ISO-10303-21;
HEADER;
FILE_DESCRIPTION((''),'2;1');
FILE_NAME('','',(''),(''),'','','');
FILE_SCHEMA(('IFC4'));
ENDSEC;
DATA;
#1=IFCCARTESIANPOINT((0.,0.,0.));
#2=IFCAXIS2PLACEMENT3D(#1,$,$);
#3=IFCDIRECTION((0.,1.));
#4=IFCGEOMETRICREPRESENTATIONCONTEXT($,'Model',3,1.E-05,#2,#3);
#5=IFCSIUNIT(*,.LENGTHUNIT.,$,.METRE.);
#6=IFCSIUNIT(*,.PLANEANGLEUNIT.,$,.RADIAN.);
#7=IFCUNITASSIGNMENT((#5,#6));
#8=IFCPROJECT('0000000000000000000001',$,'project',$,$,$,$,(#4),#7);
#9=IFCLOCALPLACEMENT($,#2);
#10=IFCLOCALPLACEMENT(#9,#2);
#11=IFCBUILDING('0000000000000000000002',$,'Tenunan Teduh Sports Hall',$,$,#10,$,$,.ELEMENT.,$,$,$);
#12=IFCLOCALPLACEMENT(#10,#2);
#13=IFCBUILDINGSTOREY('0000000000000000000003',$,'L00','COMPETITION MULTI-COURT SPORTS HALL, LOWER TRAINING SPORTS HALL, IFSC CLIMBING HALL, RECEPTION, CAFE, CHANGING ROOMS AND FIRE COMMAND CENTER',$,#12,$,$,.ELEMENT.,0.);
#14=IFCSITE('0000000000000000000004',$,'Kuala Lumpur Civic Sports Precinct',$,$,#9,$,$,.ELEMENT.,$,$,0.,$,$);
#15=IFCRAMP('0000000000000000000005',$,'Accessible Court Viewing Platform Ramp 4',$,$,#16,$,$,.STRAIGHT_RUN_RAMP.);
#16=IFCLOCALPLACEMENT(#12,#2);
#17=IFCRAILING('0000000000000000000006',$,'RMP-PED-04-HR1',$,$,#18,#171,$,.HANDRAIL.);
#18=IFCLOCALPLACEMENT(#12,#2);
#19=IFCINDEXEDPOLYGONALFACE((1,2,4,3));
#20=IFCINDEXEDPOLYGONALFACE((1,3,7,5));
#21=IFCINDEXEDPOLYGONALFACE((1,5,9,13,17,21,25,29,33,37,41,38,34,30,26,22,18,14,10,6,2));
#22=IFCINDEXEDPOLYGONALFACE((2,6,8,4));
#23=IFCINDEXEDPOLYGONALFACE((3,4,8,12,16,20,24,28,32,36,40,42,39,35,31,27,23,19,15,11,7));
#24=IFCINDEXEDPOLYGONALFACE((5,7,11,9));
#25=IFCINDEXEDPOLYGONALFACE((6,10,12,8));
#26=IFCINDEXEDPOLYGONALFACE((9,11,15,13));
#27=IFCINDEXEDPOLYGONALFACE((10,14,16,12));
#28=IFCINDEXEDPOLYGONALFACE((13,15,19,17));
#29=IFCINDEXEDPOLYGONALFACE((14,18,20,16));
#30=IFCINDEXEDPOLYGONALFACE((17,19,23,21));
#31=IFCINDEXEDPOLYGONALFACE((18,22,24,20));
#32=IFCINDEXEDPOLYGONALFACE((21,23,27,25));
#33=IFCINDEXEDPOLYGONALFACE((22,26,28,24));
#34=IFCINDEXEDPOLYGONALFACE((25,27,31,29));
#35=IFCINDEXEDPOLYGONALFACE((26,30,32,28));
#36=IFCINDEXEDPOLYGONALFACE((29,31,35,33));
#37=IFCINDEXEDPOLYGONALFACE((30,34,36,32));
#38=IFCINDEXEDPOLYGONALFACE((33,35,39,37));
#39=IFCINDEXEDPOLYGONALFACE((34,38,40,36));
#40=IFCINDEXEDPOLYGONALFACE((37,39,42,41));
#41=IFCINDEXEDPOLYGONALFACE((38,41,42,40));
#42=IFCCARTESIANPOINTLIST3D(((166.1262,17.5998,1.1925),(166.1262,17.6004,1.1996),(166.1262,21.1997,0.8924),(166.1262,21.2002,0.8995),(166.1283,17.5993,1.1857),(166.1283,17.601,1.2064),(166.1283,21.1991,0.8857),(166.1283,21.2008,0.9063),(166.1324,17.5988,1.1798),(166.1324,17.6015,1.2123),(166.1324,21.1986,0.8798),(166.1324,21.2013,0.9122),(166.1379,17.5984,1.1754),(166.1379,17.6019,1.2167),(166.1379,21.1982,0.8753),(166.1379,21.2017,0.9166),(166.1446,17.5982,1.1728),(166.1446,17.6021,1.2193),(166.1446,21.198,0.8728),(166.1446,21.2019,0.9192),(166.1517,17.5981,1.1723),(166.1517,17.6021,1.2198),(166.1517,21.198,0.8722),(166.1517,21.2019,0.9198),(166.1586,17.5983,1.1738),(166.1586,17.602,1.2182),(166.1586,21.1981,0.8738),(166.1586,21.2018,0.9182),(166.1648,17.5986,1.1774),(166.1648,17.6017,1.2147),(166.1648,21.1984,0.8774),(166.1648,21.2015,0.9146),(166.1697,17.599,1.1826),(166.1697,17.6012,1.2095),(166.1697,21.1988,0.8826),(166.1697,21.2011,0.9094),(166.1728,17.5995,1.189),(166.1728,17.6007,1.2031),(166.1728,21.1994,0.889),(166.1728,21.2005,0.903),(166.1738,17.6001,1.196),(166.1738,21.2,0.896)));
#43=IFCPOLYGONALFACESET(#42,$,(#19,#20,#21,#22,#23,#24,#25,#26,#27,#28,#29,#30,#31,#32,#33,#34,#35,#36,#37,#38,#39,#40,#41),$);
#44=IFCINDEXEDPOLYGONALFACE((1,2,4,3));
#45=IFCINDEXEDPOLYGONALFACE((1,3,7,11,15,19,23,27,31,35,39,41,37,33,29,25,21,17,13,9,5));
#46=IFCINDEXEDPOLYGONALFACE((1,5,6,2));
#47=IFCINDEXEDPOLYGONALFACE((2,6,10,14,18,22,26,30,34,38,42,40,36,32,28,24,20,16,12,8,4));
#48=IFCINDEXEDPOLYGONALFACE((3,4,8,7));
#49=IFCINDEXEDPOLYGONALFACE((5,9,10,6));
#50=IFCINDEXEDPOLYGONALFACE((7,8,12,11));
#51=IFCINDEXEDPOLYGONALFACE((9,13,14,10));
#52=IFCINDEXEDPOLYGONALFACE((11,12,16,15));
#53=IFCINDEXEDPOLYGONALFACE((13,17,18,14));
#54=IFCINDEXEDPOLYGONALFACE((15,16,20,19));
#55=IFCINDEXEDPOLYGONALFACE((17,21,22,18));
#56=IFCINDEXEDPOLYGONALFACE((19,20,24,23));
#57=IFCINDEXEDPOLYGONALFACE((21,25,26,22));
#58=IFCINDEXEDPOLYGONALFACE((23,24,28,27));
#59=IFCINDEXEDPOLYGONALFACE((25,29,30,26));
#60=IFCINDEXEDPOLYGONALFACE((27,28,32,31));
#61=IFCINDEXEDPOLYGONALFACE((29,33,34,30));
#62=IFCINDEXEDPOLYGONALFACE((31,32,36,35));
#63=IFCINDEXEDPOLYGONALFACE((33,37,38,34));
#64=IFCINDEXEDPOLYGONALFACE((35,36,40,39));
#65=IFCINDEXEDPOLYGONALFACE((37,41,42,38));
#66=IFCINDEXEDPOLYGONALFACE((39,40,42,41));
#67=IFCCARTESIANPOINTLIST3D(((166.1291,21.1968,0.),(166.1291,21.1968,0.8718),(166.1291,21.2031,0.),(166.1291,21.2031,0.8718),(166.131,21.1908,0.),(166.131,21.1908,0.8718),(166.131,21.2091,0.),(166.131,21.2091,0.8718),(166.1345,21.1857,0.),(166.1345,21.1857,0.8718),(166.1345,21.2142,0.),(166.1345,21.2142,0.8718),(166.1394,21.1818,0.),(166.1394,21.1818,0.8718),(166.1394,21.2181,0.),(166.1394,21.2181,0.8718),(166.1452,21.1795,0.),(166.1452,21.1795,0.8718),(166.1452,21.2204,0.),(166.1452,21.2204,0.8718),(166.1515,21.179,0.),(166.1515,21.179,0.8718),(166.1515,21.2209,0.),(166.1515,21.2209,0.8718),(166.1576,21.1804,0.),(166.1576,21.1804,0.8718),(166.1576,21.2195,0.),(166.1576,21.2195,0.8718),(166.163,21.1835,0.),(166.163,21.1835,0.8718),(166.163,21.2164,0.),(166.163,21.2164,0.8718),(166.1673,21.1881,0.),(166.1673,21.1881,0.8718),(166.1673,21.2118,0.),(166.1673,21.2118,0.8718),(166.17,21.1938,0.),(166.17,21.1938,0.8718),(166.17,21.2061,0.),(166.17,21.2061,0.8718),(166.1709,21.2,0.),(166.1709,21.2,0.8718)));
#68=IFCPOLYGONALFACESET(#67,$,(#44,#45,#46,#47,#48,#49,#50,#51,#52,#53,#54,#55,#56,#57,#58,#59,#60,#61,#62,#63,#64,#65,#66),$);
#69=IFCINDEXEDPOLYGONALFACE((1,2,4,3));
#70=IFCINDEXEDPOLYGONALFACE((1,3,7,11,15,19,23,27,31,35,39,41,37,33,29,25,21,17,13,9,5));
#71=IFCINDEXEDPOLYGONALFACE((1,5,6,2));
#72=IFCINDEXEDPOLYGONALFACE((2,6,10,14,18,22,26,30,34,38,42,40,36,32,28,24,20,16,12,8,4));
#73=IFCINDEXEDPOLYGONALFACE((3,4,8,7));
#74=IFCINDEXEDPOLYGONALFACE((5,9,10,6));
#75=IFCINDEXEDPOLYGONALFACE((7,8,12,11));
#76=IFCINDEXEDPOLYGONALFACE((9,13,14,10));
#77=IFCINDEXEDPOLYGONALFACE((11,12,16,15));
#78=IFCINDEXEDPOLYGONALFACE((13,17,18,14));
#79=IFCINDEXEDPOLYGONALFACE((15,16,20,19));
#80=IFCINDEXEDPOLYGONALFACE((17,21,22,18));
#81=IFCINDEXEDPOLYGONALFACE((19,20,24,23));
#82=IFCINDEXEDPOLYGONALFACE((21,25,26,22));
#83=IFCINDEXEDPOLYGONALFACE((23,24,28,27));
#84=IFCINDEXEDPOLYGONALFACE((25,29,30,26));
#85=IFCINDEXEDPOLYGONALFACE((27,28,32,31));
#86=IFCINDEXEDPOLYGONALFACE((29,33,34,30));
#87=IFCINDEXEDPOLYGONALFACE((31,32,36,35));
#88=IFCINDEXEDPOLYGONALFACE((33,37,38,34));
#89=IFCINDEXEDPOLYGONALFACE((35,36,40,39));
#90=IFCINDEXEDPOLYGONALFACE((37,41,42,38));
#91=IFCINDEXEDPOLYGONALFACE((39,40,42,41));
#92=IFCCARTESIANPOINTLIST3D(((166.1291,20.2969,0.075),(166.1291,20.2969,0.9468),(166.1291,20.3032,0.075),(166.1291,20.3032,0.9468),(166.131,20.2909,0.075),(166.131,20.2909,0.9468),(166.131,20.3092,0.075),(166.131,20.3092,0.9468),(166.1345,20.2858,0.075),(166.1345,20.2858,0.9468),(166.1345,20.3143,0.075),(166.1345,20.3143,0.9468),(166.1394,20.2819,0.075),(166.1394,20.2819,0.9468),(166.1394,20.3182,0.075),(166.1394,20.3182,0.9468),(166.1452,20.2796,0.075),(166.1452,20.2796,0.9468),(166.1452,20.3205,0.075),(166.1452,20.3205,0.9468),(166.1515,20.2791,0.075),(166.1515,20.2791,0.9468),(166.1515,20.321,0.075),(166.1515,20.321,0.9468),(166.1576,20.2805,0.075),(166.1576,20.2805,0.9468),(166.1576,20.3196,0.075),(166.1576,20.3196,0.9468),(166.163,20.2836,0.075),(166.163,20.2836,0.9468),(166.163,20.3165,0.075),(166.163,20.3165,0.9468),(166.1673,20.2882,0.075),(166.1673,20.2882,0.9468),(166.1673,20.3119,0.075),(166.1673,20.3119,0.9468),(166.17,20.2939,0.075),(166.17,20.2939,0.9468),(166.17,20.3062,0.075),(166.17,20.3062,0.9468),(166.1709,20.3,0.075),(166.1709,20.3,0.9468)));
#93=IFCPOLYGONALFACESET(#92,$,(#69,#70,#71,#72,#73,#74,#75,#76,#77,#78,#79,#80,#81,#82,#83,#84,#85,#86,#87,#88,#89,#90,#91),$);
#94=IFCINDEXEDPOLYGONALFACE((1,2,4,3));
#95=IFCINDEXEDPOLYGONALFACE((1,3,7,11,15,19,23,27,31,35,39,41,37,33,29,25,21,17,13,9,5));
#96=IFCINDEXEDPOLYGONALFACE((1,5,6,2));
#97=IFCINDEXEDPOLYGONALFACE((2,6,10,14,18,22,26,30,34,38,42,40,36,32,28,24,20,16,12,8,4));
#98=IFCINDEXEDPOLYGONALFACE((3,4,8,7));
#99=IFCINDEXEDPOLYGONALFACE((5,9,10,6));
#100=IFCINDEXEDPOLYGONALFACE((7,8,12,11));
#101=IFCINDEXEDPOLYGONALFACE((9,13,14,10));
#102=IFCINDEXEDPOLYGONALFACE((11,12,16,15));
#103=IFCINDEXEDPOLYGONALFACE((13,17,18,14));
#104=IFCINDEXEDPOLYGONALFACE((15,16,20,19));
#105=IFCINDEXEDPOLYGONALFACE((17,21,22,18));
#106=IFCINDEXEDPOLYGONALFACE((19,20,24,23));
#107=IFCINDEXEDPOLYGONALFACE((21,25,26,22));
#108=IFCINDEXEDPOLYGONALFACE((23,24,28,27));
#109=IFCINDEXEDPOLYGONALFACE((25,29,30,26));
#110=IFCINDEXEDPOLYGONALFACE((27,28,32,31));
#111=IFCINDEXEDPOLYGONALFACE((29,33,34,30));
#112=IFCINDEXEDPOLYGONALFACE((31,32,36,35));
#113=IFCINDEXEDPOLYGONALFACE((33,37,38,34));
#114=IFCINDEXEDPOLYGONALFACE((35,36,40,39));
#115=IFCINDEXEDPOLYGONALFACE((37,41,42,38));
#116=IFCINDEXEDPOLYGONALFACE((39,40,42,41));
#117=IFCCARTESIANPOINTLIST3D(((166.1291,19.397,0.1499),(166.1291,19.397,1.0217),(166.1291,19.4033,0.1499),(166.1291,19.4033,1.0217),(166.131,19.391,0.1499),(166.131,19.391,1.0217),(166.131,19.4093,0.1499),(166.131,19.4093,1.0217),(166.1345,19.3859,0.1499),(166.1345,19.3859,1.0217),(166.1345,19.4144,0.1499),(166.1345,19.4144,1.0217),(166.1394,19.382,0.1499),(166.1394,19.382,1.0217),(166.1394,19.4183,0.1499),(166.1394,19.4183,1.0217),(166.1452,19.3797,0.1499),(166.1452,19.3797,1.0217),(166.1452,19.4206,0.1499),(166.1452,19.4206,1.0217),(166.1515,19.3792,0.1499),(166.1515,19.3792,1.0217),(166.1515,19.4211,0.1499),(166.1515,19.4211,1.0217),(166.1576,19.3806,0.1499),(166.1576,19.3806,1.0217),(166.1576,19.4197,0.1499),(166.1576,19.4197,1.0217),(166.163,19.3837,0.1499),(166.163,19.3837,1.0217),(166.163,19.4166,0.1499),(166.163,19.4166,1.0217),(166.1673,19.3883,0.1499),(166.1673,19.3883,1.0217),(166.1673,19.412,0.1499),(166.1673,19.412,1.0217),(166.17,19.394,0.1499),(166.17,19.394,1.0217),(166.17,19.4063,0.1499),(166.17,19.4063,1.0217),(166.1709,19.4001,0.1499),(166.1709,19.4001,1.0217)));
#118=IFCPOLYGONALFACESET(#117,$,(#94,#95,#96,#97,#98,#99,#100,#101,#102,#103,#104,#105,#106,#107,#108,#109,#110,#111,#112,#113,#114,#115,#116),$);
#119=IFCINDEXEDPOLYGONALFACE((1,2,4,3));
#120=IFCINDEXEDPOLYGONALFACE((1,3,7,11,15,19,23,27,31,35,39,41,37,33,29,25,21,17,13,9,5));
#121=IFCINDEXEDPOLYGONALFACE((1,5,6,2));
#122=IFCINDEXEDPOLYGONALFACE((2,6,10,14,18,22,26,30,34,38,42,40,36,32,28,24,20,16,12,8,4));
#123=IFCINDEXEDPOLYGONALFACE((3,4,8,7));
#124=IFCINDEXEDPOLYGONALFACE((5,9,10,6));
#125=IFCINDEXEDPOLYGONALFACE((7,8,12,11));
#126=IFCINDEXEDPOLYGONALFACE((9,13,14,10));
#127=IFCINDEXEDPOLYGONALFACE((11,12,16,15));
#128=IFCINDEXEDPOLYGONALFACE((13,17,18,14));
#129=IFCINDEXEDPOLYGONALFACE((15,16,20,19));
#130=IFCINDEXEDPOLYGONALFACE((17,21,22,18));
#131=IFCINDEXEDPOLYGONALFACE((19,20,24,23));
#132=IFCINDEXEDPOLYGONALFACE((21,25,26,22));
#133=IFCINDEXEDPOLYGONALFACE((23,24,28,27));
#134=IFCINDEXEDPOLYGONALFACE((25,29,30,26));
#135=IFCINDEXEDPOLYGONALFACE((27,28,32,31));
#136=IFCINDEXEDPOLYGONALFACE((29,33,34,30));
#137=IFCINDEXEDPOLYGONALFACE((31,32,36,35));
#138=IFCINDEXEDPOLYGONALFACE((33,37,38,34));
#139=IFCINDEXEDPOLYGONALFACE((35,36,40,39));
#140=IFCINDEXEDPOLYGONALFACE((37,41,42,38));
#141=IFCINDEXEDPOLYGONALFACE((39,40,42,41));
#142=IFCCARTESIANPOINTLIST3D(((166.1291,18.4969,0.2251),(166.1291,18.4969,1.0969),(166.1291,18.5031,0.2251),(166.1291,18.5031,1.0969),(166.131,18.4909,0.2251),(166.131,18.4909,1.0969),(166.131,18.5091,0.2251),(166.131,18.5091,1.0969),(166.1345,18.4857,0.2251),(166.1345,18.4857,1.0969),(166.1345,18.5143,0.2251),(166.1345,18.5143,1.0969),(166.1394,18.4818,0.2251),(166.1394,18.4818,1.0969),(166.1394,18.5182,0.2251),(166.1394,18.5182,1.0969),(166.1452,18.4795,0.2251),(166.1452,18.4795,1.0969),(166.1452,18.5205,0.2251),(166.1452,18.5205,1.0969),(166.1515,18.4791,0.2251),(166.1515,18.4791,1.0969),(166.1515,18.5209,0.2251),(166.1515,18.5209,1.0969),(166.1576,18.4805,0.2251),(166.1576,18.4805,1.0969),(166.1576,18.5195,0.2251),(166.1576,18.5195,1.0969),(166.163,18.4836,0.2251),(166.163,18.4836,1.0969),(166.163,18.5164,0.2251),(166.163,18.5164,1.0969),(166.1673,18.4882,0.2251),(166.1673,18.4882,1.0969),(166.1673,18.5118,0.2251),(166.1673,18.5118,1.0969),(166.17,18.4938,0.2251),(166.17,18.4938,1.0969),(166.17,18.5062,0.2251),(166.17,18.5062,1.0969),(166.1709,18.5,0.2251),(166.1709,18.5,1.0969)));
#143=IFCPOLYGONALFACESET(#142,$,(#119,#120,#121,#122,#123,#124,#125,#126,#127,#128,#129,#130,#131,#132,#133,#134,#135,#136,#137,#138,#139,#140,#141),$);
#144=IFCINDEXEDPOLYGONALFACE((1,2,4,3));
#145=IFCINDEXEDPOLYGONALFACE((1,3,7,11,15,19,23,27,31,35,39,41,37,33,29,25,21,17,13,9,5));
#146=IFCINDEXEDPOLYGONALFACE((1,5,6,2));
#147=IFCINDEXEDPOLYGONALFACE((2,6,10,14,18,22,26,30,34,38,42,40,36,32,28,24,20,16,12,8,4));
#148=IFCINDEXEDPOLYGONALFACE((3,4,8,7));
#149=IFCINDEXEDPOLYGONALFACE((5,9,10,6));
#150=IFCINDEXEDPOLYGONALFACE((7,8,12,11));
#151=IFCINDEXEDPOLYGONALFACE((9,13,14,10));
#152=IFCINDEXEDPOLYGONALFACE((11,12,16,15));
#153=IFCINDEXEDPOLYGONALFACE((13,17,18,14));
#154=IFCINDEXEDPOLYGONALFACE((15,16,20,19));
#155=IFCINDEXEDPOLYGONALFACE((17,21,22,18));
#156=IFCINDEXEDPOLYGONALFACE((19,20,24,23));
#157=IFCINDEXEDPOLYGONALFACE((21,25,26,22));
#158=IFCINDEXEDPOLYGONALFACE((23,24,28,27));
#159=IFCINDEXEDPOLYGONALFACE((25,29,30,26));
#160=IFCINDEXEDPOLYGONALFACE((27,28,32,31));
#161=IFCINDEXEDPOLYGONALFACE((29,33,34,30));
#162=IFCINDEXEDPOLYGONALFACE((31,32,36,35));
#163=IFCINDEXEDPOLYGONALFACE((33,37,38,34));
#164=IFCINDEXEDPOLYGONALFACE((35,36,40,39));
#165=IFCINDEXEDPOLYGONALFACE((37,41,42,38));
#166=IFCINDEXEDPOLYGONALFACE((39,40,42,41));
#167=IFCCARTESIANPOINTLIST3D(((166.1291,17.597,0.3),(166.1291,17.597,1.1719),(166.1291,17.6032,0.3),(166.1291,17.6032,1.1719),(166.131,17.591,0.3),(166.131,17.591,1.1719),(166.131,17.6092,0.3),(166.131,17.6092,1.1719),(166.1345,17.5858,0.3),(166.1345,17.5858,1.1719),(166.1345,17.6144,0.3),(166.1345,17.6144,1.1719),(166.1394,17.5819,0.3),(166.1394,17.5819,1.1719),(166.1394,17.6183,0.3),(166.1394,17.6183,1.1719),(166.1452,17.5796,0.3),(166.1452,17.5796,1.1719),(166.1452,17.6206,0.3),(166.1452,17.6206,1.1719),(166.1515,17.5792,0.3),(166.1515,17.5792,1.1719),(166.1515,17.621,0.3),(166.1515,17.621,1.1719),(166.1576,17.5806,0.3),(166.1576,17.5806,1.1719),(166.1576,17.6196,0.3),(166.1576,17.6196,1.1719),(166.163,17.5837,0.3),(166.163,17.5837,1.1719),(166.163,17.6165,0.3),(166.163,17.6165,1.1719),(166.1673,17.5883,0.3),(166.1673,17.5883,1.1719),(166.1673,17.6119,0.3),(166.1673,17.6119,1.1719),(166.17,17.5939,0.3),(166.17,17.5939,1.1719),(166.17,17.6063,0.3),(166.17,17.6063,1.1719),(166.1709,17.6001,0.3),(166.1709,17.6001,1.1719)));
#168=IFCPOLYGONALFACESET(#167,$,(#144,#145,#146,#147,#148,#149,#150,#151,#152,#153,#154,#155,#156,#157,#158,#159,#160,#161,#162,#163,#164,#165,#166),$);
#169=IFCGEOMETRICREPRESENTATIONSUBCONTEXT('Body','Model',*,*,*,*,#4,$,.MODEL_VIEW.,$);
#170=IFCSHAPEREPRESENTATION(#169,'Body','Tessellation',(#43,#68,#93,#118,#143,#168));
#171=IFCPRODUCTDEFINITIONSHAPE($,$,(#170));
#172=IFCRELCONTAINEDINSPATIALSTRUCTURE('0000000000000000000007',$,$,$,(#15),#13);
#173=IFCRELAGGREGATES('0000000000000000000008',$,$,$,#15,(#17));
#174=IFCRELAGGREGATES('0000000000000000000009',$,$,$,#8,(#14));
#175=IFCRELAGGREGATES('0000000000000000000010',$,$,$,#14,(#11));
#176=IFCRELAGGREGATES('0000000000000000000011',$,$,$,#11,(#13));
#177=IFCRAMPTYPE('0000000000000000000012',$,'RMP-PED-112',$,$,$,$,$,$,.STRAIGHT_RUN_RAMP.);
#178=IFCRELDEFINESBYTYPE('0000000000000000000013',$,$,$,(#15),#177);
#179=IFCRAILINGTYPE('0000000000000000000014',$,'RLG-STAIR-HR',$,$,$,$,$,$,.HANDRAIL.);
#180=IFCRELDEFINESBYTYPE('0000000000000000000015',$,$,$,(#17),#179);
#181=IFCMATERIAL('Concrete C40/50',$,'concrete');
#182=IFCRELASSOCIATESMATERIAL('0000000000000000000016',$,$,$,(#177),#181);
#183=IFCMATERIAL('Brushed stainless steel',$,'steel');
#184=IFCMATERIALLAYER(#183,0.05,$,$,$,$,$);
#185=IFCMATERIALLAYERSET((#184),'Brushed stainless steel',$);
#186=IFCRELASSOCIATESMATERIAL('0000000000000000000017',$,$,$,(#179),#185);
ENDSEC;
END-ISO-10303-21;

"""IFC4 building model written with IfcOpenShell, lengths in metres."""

from ifc_helpers import new_model, si_unit, direction, frame, origin, origin_2d, place, context, subcontext, project, spatial, circle, extrude, material, layer, layer_set, type_object, element, aggregate, save


model = new_model("IFC4")

# Units and contexts
model_context = context("Model", 3, precision=1e-05, world=origin(), true_north=direction((0.0, 1.0)))
body_context = subcontext(model_context, "Body", "Model", "MODEL_VIEW")
ifc_project = project(units=[si_unit("LENGTHUNIT", "METRE"), si_unit("PLANEANGLEUNIT", "RADIAN")], contexts=[model_context])

# Site, building, storey
site_placement = place(None, origin())
site = spatial("IfcSite", under=ifc_project, at=site_placement, Name="Kuala Lumpur Civic Sports Precinct", CompositionType="ELEMENT", RefElevation=0.0)
building_placement = place(site_placement, origin())
building = spatial("IfcBuilding", under=site, at=building_placement, Name="Tenunan Teduh Sports Hall", CompositionType="ELEMENT")
storey_placement = place(building_placement, origin())
storey = spatial("IfcBuildingStorey", under=building, at=storey_placement, Name="L00", Description="COMPETITION MULTI-COURT SPORTS HALL, LOWER TRAINING SPORTS HALL, IFSC CLIMBING HALL, RECEPTION, CAFE, CHANGING ROOMS AND FIRE COMMAND CENTER", CompositionType="ELEMENT", Elevation=0.0)

# Ramp
ifc_material_1 = material(Name="Concrete C40/50", Category="concrete")
ramp_type = type_object("IfcRampType", Name="RMP-PED-112", PredefinedType="STRAIGHT_RUN_RAMP", material=ifc_material_1)
ramp_placement = place(storey_placement, origin())
ramp = element("IfcRamp", 1, at=ramp_placement, inside=storey, type_object=ramp_type, Name="Accessible Court Viewing Platform Ramp 4", PredefinedType="STRAIGHT_RUN_RAMP")

# Railing
ifc_material_2 = material(Name="Brushed stainless steel", Category="steel")
ifc_layer_1 = layer(ifc_material_2, 0.05)
ifc_layer_set_1 = layer_set([ifc_layer_1], Name="Brushed stainless steel")
railing_type = type_object("IfcRailingType", Name="RLG-STAIR-HR", PredefinedType="HANDRAIL", material=ifc_layer_set_1)
railing_1_placement = place(storey_placement, frame((166.1499, 21.2, 0.0)))
railing_1 = element("IfcRailing", 2, at=railing_1_placement, type_object=railing_type, Name="RMP-PED-04-HR1", PredefinedType="HANDRAIL", context=body_context, shape_type="SweptSolid", body=[
    extrude(circle(Radius=0.0239, at=origin_2d()), frame((0.0, 0.0, 0.896), z_axis=(0.0, -0.996544, 0.083062), x_axis=(1.0, 0.0, 0.0)), (0.0, 0.0, 1.0), 3.6123),
    extrude(circle(Radius=0.021, at=origin_2d()), origin(), (0.0, 0.0, 1.0), 0.8718),
    extrude(circle(Radius=0.021, at=origin_2d()), frame((0.0, -0.8999, 0.075)), (0.0, 0.0, 1.0), 0.8718),
    extrude(circle(Radius=0.021, at=origin_2d()), frame((0.0, -1.7998, 0.1499)), (0.0, 0.0, 1.0), 0.8718),
    extrude(circle(Radius=0.021, at=origin_2d()), frame((0.0, -2.7, 0.2251)), (0.0, 0.0, 1.0), 0.8718),
    extrude(circle(Radius=0.021, at=origin_2d()), frame((0.0, -3.5999, 0.3)), (0.0, 0.0, 1.0), 0.8718),
])
aggregate(ramp, [railing_1])

save(model, "model.ifc")
